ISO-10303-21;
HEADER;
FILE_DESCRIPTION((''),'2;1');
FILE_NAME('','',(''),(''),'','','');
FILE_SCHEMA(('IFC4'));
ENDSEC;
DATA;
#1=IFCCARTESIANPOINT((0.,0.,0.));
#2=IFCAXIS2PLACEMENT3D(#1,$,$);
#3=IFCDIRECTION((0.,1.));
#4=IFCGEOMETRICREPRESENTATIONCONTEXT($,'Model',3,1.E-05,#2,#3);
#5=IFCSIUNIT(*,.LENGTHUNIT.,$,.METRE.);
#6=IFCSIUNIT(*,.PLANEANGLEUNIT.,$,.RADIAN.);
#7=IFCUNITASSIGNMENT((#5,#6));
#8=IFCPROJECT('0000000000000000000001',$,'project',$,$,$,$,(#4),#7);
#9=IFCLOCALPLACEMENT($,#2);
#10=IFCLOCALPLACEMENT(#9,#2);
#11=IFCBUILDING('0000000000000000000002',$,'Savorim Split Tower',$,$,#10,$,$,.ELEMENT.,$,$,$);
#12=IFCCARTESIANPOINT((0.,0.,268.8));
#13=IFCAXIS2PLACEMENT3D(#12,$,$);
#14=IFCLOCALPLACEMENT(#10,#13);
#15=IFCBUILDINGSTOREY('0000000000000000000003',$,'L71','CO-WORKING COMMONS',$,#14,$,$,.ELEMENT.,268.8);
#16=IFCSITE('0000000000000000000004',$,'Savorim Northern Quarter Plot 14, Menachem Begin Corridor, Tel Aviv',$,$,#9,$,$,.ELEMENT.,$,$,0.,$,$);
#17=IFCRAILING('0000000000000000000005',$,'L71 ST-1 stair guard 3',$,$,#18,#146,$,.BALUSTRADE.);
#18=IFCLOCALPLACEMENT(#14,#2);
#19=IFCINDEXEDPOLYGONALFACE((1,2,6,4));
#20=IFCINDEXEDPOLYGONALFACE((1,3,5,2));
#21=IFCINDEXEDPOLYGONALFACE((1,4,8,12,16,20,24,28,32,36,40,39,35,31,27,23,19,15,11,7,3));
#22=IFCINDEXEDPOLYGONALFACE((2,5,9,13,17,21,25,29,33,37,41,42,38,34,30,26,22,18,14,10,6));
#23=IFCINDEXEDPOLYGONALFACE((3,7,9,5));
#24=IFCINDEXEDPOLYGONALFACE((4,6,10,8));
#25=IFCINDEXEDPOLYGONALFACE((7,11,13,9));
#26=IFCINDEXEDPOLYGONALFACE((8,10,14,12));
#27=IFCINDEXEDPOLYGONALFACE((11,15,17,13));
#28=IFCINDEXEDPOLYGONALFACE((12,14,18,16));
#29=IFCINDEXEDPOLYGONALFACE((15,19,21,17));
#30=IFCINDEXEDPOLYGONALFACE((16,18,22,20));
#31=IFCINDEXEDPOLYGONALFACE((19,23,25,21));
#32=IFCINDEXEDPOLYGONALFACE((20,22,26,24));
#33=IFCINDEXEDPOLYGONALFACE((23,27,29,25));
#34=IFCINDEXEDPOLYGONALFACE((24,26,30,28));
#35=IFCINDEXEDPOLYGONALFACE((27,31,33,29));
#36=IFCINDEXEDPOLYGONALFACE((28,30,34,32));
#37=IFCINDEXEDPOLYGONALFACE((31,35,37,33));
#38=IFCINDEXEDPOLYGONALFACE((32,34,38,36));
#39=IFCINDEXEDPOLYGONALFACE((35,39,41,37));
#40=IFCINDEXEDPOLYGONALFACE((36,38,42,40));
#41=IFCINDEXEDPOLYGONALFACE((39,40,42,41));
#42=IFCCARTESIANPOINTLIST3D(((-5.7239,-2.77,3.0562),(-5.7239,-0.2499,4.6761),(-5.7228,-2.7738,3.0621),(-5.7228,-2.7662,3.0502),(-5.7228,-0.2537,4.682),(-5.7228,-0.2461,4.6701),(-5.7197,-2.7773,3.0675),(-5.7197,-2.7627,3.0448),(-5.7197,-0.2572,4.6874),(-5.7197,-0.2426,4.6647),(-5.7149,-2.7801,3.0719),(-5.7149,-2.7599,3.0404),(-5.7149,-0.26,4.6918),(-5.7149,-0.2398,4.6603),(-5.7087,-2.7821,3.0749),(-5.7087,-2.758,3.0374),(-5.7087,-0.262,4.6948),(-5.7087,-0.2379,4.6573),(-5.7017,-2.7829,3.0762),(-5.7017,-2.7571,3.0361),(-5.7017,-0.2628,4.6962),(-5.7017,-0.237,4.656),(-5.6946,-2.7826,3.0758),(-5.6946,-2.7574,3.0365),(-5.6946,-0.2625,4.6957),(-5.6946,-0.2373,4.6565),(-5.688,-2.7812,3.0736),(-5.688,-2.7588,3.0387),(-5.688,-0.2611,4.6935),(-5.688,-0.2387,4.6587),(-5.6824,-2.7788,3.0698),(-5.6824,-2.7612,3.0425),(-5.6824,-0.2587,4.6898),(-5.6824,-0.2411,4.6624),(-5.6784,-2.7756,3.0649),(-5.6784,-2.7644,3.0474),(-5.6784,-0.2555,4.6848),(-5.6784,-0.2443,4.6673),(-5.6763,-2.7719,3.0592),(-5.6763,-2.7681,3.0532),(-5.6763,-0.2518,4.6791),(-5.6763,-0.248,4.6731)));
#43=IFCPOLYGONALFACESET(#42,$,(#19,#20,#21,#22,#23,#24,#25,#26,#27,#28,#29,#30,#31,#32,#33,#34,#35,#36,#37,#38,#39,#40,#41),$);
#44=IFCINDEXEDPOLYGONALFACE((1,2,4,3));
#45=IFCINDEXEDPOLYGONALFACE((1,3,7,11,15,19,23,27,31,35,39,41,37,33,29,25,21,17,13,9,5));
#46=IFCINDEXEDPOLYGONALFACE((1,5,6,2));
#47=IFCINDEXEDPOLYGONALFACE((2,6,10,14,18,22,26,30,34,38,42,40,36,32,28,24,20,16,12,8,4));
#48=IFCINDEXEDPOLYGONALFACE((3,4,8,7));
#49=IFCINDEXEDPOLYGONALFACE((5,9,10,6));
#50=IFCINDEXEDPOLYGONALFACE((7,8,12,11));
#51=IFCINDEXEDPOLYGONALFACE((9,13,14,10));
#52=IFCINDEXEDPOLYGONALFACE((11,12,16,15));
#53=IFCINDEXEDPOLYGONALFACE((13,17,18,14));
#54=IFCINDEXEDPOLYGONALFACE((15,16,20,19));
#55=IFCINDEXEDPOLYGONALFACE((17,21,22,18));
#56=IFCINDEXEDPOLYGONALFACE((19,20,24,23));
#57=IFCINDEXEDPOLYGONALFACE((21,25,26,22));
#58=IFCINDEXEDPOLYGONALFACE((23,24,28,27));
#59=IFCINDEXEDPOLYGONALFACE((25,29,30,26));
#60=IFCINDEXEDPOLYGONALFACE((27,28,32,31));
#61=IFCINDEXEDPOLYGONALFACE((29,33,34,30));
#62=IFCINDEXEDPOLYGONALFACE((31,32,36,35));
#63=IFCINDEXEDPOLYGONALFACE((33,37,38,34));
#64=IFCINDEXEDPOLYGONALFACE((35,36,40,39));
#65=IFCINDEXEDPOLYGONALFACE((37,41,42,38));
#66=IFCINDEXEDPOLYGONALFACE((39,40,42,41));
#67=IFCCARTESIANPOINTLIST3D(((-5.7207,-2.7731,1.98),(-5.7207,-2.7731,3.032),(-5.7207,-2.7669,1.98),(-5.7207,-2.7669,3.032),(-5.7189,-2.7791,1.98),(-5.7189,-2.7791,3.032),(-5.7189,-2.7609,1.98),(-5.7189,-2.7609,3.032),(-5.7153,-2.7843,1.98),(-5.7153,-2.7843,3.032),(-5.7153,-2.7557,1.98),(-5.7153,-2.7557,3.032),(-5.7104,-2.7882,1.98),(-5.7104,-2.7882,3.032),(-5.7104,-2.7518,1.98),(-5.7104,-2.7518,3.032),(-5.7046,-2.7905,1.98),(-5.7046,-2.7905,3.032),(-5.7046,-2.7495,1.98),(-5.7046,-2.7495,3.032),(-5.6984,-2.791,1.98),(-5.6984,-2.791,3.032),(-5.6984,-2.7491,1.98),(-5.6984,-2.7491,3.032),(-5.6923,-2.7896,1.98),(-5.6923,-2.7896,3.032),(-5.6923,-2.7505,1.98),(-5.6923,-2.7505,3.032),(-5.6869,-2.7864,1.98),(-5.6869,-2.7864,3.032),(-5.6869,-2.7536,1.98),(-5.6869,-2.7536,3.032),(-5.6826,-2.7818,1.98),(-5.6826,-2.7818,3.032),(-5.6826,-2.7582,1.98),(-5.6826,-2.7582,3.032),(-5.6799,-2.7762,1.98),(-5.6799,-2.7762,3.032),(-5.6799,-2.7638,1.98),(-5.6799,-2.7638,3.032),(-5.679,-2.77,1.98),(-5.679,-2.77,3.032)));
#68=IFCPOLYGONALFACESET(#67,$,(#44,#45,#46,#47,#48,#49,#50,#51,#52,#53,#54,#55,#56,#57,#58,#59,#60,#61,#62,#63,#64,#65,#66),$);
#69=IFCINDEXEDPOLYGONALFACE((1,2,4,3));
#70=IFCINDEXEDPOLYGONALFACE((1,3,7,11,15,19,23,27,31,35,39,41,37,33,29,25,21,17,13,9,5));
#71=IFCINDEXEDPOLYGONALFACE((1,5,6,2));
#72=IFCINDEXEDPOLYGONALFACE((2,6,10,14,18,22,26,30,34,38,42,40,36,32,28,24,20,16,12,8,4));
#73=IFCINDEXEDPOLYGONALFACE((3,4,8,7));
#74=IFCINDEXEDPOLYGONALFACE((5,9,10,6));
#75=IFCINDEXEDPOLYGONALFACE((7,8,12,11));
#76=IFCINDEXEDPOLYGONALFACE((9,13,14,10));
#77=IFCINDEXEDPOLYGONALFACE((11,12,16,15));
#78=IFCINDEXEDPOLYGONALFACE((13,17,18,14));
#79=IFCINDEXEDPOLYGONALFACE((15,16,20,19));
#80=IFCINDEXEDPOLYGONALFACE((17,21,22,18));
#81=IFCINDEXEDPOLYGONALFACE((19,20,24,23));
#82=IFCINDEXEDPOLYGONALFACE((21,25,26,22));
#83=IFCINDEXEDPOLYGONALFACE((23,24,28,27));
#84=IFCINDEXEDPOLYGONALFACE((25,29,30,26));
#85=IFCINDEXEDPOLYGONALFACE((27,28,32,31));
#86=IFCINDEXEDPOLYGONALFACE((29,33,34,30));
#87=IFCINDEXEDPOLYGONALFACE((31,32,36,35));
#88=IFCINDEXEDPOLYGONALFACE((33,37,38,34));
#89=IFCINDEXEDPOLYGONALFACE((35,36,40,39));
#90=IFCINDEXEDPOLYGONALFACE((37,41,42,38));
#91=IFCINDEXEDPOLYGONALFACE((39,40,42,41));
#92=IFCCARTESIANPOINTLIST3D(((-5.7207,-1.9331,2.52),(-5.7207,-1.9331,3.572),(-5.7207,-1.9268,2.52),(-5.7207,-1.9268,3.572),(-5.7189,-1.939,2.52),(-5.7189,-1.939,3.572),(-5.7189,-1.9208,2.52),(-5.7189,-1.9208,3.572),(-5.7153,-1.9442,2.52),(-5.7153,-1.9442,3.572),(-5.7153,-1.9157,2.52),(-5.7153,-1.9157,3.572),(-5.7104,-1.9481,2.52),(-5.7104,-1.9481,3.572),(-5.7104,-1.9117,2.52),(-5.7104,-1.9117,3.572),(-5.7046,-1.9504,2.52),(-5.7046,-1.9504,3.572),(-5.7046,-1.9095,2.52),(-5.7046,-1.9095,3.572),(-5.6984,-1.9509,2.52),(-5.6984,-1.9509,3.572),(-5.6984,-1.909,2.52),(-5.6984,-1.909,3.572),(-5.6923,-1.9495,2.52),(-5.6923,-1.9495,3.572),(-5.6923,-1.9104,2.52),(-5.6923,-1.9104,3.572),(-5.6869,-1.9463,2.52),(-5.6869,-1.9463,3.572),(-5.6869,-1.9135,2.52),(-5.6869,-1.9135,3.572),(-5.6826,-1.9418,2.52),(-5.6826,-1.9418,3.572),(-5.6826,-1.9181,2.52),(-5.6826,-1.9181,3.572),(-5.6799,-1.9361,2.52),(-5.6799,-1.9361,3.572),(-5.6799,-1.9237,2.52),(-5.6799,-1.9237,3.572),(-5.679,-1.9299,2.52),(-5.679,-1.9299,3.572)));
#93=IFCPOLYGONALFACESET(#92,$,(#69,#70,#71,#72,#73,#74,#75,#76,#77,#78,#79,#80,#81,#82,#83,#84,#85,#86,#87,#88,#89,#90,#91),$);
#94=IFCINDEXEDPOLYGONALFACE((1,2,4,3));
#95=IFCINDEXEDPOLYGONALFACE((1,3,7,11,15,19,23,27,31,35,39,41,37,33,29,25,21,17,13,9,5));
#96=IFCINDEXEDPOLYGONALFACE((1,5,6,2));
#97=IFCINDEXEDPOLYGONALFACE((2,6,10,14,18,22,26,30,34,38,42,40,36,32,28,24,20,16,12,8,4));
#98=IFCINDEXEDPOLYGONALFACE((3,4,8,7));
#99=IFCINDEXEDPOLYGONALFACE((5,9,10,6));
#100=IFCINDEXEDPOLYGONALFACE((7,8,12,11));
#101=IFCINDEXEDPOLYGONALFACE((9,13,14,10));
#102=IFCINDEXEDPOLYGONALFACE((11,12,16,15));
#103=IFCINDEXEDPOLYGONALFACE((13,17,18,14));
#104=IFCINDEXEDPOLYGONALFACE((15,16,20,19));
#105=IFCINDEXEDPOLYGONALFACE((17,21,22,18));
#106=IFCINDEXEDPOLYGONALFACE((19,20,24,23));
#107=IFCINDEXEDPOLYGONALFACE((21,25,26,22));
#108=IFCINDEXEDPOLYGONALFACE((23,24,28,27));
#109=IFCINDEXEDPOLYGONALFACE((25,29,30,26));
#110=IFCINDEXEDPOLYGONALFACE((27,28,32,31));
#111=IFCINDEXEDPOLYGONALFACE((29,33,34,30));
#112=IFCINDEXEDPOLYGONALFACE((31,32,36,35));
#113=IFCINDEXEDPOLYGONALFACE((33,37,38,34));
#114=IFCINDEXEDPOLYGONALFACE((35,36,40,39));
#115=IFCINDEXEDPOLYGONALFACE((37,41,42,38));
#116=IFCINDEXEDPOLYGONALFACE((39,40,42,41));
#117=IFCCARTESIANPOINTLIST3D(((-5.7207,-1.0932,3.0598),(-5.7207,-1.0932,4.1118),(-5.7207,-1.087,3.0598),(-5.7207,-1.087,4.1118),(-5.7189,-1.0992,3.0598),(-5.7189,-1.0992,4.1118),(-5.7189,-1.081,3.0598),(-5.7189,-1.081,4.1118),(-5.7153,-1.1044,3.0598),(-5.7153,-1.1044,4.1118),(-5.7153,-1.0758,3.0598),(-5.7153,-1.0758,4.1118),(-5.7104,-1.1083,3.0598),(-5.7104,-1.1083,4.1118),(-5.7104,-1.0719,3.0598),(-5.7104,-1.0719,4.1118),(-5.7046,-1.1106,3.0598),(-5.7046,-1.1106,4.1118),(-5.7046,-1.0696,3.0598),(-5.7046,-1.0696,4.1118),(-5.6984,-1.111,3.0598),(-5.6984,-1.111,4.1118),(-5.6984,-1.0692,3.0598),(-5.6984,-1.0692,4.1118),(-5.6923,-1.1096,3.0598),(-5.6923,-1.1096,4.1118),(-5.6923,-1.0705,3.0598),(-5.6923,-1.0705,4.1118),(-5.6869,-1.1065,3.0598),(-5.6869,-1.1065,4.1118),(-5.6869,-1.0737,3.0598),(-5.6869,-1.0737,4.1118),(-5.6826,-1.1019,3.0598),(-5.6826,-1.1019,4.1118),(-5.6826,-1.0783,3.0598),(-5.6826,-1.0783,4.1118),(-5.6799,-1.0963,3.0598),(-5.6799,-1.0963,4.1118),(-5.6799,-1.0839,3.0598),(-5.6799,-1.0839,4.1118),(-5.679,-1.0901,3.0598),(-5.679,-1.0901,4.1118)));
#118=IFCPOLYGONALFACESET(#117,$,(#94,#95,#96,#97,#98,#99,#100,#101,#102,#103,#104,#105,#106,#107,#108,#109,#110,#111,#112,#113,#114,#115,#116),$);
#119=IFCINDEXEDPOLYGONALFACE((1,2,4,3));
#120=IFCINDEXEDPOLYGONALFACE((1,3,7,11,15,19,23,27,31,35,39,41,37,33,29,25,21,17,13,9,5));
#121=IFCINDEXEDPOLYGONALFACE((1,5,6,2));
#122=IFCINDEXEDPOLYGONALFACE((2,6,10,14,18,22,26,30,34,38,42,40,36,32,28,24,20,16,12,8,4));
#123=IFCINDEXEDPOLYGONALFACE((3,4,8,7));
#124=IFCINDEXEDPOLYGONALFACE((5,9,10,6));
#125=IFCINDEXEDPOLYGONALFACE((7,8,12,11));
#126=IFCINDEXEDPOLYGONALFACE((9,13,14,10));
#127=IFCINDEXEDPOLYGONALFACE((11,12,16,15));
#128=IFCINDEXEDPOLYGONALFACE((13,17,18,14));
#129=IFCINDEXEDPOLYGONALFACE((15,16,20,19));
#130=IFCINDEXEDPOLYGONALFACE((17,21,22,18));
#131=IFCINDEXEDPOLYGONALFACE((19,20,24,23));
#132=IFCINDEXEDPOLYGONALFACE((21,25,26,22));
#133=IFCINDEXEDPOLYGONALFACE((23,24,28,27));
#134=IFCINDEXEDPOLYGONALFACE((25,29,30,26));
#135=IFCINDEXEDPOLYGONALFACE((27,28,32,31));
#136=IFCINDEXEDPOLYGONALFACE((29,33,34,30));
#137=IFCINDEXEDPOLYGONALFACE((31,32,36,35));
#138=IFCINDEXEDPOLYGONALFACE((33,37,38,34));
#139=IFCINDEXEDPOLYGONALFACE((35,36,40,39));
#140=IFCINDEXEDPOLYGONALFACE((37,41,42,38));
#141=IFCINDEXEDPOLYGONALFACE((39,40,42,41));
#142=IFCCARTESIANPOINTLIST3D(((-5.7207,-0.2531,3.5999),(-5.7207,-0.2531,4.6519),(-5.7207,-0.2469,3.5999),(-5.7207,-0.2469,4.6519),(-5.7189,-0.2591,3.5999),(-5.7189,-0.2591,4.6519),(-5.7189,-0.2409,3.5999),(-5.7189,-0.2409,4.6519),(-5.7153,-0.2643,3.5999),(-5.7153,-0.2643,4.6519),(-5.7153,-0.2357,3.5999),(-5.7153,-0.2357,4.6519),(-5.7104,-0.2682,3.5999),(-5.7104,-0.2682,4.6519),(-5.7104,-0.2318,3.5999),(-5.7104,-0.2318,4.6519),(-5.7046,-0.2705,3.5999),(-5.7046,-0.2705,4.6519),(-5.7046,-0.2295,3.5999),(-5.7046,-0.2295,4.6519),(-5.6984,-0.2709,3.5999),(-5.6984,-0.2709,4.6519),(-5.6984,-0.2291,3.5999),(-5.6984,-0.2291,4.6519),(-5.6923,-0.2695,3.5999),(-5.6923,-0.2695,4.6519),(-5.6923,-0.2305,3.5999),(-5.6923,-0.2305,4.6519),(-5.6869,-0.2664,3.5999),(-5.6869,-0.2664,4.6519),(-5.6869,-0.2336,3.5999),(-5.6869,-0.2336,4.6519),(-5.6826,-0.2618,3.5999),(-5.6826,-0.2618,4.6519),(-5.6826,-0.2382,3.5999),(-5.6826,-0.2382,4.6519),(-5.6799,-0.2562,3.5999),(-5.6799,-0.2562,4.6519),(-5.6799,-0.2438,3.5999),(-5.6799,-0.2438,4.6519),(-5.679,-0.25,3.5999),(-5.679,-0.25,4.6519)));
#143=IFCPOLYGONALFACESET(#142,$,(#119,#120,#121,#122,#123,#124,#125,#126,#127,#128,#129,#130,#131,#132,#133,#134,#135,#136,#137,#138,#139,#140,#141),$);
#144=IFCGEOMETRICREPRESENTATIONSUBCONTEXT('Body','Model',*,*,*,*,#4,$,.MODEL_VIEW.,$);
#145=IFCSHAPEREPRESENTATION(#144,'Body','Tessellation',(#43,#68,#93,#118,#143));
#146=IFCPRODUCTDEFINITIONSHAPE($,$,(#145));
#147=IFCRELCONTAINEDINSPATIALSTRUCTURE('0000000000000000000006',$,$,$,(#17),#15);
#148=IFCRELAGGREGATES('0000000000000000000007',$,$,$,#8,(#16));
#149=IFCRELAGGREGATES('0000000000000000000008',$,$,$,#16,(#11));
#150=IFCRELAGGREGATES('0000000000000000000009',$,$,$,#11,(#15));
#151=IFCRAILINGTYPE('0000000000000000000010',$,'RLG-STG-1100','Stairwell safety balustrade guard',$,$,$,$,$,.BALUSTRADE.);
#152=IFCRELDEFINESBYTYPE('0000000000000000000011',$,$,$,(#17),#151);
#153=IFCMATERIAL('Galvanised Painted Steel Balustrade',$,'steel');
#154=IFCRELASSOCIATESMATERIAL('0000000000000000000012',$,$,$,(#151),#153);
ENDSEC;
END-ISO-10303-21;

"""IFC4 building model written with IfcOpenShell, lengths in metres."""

from ifc_helpers import new_model, si_unit, direction, frame, origin, origin_2d, place, context, subcontext, project, spatial, circle, extrude, material, type_object, element, save


model = new_model("IFC4")

# Units and contexts
model_context = context("Model", 3, precision=1e-05, world=origin(), true_north=direction((0.0, 1.0)))
body_context = subcontext(model_context, "Body", "Model", "MODEL_VIEW")
ifc_project = project(units=[si_unit("LENGTHUNIT", "METRE"), si_unit("PLANEANGLEUNIT", "RADIAN")], contexts=[model_context])

# Site, building, storey
site_placement = place(None, origin())
site = spatial("IfcSite", under=ifc_project, at=site_placement, Name="Savorim Northern Quarter Plot 14, Menachem Begin Corridor, Tel Aviv", CompositionType="ELEMENT", RefElevation=0.0)
building_placement = place(site_placement, origin())
building = spatial("IfcBuilding", under=site, at=building_placement, Name="Savorim Split Tower", CompositionType="ELEMENT")
storey_placement = place(building_placement, frame((0.0, 0.0, 268.8)))
storey = spatial("IfcBuildingStorey", under=building, at=storey_placement, Name="L71", Description="CO-WORKING COMMONS", CompositionType="ELEMENT", Elevation=268.8)

# Railing
ifc_material_1 = material(Name="Galvanised Painted Steel Balustrade", Category="steel")
railing_type_1 = type_object("IfcRailingType", Name="RLG-STG-1100", Description="Stairwell safety balustrade guard", PredefinedType="BALUSTRADE", material=ifc_material_1)
railing_1_placement = place(storey_placement, frame((-5.7, -2.77, 1.98)))
element("IfcRailing", 1, at=railing_1_placement, inside=storey, type_object=railing_type_1, Name="L71 ST-1 stair guard 3", PredefinedType="BALUSTRADE", context=body_context, shape_type="SweptSolid", body=[
    extrude(circle(Radius=0.0239, at=origin_2d()), frame((0.0, 0.0, 1.0762), z_axis=(0.0, 0.8412, 0.540725), x_axis=(-1.0, 0.0, 0.0)), (0.0, 0.0, 1.0), 2.9958),
    extrude(circle(Radius=0.021, at=origin_2d()), origin(), (0.0, 0.0, 1.0), 1.052),
    extrude(circle(Radius=0.021, at=origin_2d()), frame((0.0, 0.8401, 0.54)), (0.0, 0.0, 1.0), 1.052),
    extrude(circle(Radius=0.021, at=origin_2d()), frame((0.0, 1.6799, 1.0798)), (0.0, 0.0, 1.0), 1.052),
    extrude(circle(Radius=0.021, at=origin_2d()), frame((0.0, 2.52, 1.6199)), (0.0, 0.0, 1.0), 1.052),
])

save(model, "model.ifc")
